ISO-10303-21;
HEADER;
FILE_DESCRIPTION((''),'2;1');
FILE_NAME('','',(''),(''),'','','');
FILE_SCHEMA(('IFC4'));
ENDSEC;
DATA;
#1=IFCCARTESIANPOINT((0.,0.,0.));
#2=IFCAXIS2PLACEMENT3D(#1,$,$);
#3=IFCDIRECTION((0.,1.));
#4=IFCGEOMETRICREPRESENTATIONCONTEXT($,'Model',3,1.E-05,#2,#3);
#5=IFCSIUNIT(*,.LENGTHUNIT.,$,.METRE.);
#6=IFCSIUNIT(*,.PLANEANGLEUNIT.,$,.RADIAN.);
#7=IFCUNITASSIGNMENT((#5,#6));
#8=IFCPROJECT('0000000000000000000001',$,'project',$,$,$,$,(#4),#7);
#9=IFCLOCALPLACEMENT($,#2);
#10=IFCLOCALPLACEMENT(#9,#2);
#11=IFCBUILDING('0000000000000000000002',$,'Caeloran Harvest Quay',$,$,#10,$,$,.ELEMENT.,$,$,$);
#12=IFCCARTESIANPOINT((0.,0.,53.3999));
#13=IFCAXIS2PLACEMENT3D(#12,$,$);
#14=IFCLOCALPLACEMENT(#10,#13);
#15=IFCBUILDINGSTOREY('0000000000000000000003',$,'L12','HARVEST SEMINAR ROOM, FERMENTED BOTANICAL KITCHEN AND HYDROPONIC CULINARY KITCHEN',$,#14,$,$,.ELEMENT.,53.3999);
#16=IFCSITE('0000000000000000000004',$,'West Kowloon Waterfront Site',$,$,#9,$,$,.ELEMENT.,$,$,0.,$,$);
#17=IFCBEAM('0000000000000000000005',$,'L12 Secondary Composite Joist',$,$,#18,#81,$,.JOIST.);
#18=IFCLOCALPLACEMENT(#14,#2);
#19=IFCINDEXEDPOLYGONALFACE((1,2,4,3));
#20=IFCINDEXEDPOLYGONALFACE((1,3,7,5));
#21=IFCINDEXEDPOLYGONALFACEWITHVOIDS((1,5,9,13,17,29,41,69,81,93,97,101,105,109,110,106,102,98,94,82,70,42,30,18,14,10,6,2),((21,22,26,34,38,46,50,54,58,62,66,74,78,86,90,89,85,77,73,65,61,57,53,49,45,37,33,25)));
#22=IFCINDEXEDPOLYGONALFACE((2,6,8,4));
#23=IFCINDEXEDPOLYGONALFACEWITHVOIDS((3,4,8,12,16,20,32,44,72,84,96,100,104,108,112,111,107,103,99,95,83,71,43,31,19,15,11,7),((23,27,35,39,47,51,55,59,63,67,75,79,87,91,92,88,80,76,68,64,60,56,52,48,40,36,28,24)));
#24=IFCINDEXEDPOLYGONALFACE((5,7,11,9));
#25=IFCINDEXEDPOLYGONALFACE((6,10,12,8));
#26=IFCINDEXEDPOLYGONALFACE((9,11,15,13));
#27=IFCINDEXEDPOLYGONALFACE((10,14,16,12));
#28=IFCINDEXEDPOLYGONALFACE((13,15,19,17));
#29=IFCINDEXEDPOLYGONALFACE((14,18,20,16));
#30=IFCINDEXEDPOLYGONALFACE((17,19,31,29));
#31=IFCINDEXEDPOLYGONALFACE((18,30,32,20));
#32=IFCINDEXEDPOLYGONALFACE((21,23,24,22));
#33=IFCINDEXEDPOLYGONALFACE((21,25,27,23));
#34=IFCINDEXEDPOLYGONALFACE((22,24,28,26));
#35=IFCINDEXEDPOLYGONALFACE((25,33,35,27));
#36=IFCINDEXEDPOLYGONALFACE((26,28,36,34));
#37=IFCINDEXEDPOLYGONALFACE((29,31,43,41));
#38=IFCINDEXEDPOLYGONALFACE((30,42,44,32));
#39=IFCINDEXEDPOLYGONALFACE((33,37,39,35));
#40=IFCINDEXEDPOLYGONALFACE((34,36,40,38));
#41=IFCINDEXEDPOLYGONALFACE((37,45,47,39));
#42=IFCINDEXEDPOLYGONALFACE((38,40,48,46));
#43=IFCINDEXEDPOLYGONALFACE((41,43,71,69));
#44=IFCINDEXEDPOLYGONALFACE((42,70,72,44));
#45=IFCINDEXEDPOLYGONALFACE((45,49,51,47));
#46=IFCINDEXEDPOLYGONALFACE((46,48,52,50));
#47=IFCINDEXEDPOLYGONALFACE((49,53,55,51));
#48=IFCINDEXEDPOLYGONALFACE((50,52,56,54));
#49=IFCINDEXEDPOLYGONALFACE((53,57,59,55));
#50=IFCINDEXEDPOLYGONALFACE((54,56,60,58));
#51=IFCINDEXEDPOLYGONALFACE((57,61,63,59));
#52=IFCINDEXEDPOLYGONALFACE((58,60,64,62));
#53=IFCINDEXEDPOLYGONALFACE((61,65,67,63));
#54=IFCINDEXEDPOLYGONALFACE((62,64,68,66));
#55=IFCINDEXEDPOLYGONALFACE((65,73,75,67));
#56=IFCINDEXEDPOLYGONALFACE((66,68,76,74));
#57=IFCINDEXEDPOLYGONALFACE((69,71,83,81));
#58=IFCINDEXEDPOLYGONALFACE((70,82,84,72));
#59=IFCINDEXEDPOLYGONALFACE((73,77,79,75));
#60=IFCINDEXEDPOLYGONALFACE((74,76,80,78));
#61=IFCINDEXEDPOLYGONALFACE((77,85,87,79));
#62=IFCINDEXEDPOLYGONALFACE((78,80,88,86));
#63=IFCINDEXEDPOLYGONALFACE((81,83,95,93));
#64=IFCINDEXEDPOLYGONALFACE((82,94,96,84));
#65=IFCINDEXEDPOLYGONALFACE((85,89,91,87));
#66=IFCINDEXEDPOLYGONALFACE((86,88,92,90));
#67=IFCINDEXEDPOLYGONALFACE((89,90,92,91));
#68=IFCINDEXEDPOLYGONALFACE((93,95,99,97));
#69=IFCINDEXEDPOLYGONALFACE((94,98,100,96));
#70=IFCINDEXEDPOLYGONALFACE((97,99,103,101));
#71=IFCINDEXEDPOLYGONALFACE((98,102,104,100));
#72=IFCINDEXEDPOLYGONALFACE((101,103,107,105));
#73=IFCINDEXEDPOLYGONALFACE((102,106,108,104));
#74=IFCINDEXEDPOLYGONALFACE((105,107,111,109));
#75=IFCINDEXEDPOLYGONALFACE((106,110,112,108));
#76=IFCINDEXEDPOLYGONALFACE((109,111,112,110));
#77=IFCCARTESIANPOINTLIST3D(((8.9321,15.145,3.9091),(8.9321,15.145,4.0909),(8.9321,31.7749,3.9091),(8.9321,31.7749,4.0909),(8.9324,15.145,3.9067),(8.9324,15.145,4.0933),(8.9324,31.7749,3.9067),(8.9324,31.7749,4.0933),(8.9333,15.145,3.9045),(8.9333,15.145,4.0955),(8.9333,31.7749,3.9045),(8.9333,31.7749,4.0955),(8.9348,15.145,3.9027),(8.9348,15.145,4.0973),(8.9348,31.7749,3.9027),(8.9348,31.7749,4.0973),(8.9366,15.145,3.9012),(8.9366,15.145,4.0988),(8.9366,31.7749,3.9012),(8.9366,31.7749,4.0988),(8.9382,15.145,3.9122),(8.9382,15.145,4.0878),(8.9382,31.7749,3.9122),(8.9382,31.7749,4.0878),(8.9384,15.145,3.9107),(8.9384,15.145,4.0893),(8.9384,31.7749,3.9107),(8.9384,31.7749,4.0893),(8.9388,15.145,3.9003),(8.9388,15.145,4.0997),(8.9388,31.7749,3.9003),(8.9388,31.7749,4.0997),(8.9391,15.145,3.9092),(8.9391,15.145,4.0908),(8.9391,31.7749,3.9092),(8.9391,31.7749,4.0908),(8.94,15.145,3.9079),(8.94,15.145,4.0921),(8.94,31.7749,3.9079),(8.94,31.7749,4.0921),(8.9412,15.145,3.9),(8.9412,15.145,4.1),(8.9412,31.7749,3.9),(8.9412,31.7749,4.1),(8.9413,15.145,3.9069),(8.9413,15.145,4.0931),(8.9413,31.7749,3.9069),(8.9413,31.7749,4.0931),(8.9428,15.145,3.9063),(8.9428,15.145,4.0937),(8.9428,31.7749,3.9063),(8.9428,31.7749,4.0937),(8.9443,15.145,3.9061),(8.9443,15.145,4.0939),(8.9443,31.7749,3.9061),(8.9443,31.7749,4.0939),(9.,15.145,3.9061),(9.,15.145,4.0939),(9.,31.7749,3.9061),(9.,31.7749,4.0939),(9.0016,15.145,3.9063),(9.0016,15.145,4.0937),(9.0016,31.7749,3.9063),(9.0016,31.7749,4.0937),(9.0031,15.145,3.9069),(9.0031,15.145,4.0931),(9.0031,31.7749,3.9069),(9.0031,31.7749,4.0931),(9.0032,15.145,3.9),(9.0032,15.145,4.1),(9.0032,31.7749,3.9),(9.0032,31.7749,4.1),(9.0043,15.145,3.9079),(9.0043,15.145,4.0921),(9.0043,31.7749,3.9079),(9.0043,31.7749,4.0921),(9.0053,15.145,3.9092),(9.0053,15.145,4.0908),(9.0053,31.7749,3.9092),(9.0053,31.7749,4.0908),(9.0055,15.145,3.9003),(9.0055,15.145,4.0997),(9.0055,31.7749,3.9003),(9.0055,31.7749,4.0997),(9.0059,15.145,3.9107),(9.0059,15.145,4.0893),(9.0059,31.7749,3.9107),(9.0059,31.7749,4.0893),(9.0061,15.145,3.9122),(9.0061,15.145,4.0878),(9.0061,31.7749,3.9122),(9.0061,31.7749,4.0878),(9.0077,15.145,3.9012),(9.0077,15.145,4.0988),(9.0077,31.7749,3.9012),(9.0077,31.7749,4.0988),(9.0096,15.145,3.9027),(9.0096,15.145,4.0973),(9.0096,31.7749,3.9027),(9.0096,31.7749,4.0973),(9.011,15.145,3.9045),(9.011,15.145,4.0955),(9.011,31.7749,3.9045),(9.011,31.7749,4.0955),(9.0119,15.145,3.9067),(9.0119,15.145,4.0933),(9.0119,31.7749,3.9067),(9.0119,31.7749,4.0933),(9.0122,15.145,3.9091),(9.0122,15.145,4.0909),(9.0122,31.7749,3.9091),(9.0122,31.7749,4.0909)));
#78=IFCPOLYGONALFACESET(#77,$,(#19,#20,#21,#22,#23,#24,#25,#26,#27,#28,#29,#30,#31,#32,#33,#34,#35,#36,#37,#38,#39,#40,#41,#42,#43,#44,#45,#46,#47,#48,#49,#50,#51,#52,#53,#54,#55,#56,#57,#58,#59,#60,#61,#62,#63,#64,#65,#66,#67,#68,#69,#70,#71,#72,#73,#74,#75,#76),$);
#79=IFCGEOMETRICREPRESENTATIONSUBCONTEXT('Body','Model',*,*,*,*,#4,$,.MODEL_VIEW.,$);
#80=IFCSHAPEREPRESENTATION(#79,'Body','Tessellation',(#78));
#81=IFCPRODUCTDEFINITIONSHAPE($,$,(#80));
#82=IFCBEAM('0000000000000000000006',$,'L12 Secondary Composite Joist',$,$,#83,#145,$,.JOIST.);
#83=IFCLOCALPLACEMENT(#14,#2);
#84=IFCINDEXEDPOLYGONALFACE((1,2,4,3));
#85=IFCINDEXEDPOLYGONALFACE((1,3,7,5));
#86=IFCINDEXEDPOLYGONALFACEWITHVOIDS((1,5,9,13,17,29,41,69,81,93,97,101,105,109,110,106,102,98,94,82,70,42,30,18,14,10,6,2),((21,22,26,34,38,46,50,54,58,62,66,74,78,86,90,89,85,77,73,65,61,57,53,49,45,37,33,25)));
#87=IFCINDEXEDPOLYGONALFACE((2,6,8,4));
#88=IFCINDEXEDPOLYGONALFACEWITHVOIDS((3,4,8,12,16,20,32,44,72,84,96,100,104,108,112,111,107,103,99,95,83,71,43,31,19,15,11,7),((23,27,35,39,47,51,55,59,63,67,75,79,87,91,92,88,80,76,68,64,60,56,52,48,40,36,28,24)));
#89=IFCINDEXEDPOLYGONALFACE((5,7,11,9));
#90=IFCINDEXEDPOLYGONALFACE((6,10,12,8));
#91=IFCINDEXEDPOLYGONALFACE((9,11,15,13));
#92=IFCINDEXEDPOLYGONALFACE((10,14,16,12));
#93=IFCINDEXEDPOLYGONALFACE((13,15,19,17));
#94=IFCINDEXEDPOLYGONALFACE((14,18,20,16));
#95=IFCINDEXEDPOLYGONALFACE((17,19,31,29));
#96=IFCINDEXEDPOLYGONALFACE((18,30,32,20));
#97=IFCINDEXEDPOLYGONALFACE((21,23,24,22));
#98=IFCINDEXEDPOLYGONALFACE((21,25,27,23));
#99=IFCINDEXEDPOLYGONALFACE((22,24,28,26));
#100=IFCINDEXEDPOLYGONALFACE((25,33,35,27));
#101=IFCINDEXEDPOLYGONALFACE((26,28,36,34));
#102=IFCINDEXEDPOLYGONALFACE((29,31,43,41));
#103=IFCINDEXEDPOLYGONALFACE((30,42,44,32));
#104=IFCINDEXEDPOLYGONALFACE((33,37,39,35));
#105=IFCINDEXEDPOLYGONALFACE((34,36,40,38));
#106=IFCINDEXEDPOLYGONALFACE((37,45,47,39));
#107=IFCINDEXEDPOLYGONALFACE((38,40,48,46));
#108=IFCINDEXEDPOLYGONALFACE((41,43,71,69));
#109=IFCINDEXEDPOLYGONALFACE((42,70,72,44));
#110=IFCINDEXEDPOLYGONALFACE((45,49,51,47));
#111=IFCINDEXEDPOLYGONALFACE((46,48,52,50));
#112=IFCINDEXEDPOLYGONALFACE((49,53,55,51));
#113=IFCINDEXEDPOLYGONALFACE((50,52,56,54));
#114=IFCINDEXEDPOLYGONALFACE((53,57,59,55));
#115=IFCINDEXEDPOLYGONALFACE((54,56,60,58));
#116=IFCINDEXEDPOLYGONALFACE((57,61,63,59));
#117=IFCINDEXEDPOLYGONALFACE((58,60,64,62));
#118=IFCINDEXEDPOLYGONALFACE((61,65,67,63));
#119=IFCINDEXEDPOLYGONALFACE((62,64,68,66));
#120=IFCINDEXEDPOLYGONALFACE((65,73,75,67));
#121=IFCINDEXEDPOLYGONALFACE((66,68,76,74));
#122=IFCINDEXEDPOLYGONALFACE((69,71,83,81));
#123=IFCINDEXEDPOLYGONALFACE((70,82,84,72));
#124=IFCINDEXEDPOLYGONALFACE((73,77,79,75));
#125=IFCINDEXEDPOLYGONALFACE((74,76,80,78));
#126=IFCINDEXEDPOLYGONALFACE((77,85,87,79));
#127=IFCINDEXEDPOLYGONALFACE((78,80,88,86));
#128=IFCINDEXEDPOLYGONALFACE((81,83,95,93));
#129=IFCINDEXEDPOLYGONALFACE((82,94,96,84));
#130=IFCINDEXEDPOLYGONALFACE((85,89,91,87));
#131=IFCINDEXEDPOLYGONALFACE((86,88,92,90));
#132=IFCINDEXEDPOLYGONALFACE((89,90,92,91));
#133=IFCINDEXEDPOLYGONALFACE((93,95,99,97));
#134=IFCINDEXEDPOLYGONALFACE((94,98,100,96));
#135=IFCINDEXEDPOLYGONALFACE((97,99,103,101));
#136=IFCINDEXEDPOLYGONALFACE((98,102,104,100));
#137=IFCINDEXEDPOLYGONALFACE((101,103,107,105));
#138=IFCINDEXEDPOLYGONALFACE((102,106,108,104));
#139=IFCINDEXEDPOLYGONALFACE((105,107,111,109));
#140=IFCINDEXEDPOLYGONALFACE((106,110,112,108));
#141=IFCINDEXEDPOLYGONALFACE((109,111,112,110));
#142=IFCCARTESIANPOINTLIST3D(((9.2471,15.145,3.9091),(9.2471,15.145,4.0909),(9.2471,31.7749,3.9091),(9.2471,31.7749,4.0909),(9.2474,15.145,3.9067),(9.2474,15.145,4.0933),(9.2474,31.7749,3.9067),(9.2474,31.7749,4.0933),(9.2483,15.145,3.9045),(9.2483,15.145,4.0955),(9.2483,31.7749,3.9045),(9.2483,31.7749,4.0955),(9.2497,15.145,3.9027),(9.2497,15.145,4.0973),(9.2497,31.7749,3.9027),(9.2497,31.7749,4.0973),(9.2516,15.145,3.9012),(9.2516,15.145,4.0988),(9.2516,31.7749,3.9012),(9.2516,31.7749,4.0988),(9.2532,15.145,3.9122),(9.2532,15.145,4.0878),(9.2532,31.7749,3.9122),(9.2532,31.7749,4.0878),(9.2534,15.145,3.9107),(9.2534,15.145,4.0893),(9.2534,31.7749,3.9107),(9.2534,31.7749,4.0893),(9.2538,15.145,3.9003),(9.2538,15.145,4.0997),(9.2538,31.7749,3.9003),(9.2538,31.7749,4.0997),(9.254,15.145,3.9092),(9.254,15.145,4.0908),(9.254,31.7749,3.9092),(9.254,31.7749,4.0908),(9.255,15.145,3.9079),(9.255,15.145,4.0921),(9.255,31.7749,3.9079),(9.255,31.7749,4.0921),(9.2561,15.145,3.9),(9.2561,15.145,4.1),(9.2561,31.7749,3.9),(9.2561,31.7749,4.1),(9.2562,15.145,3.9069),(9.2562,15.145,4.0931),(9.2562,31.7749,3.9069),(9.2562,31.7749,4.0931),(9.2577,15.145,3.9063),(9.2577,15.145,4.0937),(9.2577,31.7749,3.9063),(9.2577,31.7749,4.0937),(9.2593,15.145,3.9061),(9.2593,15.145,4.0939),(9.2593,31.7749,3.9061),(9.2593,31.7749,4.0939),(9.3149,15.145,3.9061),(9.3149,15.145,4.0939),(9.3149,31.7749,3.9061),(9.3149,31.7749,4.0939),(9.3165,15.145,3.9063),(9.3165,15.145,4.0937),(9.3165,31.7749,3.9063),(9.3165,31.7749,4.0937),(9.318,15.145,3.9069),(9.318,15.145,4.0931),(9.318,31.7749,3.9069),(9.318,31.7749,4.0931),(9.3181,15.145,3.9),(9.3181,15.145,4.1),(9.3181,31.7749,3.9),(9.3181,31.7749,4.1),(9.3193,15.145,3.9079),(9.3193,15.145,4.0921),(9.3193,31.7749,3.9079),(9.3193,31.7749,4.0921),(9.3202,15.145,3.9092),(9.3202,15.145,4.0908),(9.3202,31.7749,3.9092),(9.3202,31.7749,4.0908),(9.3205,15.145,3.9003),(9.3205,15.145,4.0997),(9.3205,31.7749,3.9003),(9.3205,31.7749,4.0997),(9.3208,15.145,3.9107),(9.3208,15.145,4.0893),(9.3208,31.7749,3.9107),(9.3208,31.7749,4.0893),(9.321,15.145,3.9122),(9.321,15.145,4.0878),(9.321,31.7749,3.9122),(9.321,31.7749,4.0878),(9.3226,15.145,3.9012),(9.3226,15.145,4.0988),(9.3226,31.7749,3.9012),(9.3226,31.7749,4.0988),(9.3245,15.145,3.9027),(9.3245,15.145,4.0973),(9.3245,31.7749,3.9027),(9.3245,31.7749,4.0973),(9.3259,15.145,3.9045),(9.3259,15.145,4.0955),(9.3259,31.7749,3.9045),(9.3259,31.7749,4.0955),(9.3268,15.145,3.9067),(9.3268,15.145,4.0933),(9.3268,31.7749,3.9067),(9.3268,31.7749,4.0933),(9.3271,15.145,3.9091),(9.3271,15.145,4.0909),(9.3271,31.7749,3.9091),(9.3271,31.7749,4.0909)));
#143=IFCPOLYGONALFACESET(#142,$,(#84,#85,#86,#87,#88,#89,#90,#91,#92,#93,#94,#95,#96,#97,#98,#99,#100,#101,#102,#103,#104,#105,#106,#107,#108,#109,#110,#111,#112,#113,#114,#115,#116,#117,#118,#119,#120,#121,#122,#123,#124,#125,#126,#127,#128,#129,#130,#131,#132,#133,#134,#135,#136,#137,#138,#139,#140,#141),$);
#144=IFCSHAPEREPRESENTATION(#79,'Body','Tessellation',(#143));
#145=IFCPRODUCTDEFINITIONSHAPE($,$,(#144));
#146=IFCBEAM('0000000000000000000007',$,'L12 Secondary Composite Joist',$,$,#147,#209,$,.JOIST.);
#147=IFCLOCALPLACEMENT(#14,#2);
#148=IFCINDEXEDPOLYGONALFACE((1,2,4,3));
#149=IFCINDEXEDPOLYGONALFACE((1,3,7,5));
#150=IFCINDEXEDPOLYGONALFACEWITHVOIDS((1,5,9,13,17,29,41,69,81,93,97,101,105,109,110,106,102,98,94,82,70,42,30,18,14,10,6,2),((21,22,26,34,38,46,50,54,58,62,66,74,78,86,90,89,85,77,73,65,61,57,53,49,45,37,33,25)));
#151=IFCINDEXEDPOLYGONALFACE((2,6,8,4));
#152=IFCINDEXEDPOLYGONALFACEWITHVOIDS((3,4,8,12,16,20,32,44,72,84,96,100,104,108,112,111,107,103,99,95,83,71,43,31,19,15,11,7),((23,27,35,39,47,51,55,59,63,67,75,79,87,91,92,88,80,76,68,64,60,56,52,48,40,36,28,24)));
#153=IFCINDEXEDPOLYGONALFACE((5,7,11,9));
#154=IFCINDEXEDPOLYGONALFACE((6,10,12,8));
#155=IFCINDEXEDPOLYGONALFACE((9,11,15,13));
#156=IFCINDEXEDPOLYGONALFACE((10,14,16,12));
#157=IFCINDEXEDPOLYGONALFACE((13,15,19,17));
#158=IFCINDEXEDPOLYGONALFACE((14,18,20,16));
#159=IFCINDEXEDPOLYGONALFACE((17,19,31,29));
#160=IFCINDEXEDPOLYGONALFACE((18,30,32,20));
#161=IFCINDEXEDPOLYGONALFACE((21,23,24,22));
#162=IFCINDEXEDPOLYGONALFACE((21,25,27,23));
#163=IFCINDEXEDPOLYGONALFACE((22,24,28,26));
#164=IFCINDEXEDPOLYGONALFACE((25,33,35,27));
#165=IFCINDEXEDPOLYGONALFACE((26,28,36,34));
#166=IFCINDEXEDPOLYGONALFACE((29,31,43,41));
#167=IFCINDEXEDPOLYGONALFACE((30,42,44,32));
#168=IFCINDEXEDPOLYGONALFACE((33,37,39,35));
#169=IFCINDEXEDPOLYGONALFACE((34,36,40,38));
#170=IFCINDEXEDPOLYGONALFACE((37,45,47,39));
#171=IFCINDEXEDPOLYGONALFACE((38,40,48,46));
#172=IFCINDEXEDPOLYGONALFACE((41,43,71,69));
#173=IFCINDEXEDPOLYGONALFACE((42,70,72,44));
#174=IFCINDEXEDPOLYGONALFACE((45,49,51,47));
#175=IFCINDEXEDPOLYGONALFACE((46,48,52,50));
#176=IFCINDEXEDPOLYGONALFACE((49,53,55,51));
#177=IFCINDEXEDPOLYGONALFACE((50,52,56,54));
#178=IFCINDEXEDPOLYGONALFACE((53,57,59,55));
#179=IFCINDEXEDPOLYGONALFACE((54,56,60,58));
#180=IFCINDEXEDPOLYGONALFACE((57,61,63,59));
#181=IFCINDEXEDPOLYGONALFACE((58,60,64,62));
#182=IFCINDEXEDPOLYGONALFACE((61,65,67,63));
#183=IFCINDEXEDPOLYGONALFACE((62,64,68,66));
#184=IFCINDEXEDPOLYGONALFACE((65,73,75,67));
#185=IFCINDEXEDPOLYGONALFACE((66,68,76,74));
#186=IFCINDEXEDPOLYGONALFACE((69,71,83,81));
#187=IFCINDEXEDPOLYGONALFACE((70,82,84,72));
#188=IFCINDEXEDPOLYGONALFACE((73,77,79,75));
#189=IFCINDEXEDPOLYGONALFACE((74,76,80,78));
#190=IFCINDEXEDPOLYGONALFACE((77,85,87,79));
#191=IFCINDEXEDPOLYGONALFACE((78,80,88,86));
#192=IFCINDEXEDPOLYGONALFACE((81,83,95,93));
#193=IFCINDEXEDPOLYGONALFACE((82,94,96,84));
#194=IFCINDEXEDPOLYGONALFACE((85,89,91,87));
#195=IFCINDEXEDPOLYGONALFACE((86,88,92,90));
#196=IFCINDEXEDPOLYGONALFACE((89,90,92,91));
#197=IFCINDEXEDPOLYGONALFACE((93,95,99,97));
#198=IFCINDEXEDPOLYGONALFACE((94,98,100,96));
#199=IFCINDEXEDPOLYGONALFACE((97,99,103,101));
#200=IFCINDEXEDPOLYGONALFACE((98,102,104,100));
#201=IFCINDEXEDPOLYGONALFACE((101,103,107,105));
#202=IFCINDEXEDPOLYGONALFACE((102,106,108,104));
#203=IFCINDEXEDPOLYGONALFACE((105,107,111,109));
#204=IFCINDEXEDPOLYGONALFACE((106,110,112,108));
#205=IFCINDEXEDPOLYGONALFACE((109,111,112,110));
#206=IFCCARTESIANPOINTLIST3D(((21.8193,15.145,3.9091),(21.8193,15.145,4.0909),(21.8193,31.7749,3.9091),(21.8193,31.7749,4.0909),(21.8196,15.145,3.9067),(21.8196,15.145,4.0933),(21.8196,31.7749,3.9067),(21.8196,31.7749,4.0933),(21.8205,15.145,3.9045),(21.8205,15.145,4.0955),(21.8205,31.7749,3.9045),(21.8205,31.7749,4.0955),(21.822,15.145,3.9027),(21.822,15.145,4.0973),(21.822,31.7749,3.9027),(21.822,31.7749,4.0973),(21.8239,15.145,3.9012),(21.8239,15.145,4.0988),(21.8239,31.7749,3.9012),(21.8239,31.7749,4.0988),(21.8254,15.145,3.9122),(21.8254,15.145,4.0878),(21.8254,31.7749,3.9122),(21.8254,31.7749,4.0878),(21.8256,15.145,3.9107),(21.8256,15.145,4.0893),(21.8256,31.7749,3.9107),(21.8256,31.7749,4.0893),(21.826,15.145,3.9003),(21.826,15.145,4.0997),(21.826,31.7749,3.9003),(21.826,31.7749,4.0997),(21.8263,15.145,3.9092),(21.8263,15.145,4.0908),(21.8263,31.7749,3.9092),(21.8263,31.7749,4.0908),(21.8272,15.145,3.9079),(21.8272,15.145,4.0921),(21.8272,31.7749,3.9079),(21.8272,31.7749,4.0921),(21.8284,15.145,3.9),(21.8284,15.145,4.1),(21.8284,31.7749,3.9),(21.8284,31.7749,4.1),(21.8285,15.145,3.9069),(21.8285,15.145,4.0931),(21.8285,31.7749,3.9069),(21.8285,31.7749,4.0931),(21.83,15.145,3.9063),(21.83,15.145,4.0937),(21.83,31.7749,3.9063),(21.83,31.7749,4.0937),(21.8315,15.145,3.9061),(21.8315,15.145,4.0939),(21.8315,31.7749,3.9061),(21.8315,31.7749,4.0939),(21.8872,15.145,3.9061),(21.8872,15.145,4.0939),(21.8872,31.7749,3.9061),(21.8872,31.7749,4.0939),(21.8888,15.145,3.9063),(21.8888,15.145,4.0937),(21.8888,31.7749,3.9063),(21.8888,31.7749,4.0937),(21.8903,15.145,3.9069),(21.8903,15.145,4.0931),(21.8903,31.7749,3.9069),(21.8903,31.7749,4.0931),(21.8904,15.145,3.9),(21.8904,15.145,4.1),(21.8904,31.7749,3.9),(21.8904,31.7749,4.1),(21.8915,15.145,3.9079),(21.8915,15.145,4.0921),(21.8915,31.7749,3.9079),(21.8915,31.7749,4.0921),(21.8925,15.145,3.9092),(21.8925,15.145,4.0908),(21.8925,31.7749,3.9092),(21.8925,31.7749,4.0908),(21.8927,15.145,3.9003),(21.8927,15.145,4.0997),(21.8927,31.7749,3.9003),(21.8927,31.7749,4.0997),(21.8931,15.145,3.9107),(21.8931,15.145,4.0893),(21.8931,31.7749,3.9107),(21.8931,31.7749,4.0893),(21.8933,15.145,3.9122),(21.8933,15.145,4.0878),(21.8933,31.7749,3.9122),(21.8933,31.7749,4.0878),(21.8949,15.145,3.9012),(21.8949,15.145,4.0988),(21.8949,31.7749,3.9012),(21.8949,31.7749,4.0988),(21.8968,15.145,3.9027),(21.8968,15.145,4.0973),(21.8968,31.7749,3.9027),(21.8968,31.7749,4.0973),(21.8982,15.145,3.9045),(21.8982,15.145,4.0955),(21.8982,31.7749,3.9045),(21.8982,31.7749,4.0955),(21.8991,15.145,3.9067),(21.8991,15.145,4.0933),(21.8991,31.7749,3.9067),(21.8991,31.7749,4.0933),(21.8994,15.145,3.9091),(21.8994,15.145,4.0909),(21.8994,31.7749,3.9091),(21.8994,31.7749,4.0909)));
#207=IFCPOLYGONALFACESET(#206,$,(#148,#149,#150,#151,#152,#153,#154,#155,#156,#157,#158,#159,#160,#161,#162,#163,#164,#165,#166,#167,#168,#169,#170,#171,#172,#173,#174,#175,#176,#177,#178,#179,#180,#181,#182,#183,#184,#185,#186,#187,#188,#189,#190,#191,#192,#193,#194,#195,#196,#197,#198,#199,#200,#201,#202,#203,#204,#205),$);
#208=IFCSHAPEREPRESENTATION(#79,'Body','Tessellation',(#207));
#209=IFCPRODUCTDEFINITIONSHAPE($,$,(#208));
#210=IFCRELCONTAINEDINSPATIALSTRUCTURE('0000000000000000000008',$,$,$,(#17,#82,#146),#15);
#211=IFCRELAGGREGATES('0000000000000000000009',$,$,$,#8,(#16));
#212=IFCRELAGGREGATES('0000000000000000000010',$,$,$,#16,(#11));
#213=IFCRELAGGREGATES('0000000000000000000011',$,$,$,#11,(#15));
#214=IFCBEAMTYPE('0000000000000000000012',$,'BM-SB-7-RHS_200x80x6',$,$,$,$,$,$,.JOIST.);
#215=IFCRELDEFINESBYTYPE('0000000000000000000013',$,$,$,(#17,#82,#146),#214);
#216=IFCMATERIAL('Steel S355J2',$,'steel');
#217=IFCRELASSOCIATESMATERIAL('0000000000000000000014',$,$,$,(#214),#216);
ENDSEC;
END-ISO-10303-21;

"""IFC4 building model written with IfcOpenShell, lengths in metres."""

from ifc_helpers import new_model, si_unit, direction, frame, origin, origin_2d, place, context, subcontext, project, spatial, hollow_rectangle, extrude, material, material_profile, profile_set, type_object, element, save


model = new_model("IFC4")

# Units and contexts
model_context = context("Model", 3, precision=1e-05, world=origin(), true_north=direction((0.0, 1.0)))
body_context = subcontext(model_context, "Body", "Model", "MODEL_VIEW")
ifc_project = project(units=[si_unit("LENGTHUNIT", "METRE"), si_unit("PLANEANGLEUNIT", "RADIAN")], contexts=[model_context])

# Site, building, storey
site_placement = place(None, origin())
site = spatial("IfcSite", under=ifc_project, at=site_placement, Name="West Kowloon Waterfront Site", CompositionType="ELEMENT", RefElevation=0.0)
building_placement = place(site_placement, origin())
building = spatial("IfcBuilding", under=site, at=building_placement, Name="Caeloran Harvest Quay", CompositionType="ELEMENT")
storey_placement = place(building_placement, frame((0.0, 0.0, 53.3999)))
storey = spatial("IfcBuildingStorey", under=building, at=storey_placement, Name="L12", Description="HARVEST SEMINAR ROOM, FERMENTED BOTANICAL KITCHEN AND HYDROPONIC CULINARY KITCHEN", CompositionType="ELEMENT", Elevation=53.3999)

# Beams
ifc_material_1 = material(Name="Steel S355J2", Category="steel")
ifc_material_profile_1 = material_profile(ifc_material_1, hollow_rectangle(XDim=0.0801, YDim=0.2, WallThickness=0.0061, InnerFilletRadius=0.0061, OuterFilletRadius=0.009, at=origin_2d()), Name="RHS 200x80x6")
ifc_profile_set_1 = profile_set([ifc_material_profile_1], Name="Steel S355J2")
beam_type_1 = type_object("IfcBeamType", Name="BM-SB-7-RHS_200x80x6", PredefinedType="JOIST", material=ifc_profile_set_1)
for number, where, z_axis, x_axis, name in (
    (1, (8.9722, 15.145, 4.0), (0.0, 1.0, 0.0), (-1.0, 0.0, 0.0), "L12 Secondary Composite Joist"),
    (2, (9.2871, 15.145, 4.0), (0.0, 1.0, 0.0), (-1.0, 0.0, 0.0), "L12 Secondary Composite Joist"),
    (3, (21.8594, 15.145, 4.0), (0.0, 1.0, 0.0), (-1.0, 0.0, 0.0), "L12 Secondary Composite Joist"),
):
    element("IfcBeam", number, at=place(storey_placement, frame(where, z_axis=z_axis, x_axis=x_axis)), inside=storey, type_object=beam_type_1, Name=name, PredefinedType="JOIST", context=body_context, shape_type="SweptSolid", body=[
        extrude(hollow_rectangle(XDim=0.0801, YDim=0.2, WallThickness=0.0061, InnerFilletRadius=0.0061, OuterFilletRadius=0.009, at=origin_2d()), origin(), (0.0, 0.0, 1.0), 16.6299),
    ])

save(model, "model.ifc")
